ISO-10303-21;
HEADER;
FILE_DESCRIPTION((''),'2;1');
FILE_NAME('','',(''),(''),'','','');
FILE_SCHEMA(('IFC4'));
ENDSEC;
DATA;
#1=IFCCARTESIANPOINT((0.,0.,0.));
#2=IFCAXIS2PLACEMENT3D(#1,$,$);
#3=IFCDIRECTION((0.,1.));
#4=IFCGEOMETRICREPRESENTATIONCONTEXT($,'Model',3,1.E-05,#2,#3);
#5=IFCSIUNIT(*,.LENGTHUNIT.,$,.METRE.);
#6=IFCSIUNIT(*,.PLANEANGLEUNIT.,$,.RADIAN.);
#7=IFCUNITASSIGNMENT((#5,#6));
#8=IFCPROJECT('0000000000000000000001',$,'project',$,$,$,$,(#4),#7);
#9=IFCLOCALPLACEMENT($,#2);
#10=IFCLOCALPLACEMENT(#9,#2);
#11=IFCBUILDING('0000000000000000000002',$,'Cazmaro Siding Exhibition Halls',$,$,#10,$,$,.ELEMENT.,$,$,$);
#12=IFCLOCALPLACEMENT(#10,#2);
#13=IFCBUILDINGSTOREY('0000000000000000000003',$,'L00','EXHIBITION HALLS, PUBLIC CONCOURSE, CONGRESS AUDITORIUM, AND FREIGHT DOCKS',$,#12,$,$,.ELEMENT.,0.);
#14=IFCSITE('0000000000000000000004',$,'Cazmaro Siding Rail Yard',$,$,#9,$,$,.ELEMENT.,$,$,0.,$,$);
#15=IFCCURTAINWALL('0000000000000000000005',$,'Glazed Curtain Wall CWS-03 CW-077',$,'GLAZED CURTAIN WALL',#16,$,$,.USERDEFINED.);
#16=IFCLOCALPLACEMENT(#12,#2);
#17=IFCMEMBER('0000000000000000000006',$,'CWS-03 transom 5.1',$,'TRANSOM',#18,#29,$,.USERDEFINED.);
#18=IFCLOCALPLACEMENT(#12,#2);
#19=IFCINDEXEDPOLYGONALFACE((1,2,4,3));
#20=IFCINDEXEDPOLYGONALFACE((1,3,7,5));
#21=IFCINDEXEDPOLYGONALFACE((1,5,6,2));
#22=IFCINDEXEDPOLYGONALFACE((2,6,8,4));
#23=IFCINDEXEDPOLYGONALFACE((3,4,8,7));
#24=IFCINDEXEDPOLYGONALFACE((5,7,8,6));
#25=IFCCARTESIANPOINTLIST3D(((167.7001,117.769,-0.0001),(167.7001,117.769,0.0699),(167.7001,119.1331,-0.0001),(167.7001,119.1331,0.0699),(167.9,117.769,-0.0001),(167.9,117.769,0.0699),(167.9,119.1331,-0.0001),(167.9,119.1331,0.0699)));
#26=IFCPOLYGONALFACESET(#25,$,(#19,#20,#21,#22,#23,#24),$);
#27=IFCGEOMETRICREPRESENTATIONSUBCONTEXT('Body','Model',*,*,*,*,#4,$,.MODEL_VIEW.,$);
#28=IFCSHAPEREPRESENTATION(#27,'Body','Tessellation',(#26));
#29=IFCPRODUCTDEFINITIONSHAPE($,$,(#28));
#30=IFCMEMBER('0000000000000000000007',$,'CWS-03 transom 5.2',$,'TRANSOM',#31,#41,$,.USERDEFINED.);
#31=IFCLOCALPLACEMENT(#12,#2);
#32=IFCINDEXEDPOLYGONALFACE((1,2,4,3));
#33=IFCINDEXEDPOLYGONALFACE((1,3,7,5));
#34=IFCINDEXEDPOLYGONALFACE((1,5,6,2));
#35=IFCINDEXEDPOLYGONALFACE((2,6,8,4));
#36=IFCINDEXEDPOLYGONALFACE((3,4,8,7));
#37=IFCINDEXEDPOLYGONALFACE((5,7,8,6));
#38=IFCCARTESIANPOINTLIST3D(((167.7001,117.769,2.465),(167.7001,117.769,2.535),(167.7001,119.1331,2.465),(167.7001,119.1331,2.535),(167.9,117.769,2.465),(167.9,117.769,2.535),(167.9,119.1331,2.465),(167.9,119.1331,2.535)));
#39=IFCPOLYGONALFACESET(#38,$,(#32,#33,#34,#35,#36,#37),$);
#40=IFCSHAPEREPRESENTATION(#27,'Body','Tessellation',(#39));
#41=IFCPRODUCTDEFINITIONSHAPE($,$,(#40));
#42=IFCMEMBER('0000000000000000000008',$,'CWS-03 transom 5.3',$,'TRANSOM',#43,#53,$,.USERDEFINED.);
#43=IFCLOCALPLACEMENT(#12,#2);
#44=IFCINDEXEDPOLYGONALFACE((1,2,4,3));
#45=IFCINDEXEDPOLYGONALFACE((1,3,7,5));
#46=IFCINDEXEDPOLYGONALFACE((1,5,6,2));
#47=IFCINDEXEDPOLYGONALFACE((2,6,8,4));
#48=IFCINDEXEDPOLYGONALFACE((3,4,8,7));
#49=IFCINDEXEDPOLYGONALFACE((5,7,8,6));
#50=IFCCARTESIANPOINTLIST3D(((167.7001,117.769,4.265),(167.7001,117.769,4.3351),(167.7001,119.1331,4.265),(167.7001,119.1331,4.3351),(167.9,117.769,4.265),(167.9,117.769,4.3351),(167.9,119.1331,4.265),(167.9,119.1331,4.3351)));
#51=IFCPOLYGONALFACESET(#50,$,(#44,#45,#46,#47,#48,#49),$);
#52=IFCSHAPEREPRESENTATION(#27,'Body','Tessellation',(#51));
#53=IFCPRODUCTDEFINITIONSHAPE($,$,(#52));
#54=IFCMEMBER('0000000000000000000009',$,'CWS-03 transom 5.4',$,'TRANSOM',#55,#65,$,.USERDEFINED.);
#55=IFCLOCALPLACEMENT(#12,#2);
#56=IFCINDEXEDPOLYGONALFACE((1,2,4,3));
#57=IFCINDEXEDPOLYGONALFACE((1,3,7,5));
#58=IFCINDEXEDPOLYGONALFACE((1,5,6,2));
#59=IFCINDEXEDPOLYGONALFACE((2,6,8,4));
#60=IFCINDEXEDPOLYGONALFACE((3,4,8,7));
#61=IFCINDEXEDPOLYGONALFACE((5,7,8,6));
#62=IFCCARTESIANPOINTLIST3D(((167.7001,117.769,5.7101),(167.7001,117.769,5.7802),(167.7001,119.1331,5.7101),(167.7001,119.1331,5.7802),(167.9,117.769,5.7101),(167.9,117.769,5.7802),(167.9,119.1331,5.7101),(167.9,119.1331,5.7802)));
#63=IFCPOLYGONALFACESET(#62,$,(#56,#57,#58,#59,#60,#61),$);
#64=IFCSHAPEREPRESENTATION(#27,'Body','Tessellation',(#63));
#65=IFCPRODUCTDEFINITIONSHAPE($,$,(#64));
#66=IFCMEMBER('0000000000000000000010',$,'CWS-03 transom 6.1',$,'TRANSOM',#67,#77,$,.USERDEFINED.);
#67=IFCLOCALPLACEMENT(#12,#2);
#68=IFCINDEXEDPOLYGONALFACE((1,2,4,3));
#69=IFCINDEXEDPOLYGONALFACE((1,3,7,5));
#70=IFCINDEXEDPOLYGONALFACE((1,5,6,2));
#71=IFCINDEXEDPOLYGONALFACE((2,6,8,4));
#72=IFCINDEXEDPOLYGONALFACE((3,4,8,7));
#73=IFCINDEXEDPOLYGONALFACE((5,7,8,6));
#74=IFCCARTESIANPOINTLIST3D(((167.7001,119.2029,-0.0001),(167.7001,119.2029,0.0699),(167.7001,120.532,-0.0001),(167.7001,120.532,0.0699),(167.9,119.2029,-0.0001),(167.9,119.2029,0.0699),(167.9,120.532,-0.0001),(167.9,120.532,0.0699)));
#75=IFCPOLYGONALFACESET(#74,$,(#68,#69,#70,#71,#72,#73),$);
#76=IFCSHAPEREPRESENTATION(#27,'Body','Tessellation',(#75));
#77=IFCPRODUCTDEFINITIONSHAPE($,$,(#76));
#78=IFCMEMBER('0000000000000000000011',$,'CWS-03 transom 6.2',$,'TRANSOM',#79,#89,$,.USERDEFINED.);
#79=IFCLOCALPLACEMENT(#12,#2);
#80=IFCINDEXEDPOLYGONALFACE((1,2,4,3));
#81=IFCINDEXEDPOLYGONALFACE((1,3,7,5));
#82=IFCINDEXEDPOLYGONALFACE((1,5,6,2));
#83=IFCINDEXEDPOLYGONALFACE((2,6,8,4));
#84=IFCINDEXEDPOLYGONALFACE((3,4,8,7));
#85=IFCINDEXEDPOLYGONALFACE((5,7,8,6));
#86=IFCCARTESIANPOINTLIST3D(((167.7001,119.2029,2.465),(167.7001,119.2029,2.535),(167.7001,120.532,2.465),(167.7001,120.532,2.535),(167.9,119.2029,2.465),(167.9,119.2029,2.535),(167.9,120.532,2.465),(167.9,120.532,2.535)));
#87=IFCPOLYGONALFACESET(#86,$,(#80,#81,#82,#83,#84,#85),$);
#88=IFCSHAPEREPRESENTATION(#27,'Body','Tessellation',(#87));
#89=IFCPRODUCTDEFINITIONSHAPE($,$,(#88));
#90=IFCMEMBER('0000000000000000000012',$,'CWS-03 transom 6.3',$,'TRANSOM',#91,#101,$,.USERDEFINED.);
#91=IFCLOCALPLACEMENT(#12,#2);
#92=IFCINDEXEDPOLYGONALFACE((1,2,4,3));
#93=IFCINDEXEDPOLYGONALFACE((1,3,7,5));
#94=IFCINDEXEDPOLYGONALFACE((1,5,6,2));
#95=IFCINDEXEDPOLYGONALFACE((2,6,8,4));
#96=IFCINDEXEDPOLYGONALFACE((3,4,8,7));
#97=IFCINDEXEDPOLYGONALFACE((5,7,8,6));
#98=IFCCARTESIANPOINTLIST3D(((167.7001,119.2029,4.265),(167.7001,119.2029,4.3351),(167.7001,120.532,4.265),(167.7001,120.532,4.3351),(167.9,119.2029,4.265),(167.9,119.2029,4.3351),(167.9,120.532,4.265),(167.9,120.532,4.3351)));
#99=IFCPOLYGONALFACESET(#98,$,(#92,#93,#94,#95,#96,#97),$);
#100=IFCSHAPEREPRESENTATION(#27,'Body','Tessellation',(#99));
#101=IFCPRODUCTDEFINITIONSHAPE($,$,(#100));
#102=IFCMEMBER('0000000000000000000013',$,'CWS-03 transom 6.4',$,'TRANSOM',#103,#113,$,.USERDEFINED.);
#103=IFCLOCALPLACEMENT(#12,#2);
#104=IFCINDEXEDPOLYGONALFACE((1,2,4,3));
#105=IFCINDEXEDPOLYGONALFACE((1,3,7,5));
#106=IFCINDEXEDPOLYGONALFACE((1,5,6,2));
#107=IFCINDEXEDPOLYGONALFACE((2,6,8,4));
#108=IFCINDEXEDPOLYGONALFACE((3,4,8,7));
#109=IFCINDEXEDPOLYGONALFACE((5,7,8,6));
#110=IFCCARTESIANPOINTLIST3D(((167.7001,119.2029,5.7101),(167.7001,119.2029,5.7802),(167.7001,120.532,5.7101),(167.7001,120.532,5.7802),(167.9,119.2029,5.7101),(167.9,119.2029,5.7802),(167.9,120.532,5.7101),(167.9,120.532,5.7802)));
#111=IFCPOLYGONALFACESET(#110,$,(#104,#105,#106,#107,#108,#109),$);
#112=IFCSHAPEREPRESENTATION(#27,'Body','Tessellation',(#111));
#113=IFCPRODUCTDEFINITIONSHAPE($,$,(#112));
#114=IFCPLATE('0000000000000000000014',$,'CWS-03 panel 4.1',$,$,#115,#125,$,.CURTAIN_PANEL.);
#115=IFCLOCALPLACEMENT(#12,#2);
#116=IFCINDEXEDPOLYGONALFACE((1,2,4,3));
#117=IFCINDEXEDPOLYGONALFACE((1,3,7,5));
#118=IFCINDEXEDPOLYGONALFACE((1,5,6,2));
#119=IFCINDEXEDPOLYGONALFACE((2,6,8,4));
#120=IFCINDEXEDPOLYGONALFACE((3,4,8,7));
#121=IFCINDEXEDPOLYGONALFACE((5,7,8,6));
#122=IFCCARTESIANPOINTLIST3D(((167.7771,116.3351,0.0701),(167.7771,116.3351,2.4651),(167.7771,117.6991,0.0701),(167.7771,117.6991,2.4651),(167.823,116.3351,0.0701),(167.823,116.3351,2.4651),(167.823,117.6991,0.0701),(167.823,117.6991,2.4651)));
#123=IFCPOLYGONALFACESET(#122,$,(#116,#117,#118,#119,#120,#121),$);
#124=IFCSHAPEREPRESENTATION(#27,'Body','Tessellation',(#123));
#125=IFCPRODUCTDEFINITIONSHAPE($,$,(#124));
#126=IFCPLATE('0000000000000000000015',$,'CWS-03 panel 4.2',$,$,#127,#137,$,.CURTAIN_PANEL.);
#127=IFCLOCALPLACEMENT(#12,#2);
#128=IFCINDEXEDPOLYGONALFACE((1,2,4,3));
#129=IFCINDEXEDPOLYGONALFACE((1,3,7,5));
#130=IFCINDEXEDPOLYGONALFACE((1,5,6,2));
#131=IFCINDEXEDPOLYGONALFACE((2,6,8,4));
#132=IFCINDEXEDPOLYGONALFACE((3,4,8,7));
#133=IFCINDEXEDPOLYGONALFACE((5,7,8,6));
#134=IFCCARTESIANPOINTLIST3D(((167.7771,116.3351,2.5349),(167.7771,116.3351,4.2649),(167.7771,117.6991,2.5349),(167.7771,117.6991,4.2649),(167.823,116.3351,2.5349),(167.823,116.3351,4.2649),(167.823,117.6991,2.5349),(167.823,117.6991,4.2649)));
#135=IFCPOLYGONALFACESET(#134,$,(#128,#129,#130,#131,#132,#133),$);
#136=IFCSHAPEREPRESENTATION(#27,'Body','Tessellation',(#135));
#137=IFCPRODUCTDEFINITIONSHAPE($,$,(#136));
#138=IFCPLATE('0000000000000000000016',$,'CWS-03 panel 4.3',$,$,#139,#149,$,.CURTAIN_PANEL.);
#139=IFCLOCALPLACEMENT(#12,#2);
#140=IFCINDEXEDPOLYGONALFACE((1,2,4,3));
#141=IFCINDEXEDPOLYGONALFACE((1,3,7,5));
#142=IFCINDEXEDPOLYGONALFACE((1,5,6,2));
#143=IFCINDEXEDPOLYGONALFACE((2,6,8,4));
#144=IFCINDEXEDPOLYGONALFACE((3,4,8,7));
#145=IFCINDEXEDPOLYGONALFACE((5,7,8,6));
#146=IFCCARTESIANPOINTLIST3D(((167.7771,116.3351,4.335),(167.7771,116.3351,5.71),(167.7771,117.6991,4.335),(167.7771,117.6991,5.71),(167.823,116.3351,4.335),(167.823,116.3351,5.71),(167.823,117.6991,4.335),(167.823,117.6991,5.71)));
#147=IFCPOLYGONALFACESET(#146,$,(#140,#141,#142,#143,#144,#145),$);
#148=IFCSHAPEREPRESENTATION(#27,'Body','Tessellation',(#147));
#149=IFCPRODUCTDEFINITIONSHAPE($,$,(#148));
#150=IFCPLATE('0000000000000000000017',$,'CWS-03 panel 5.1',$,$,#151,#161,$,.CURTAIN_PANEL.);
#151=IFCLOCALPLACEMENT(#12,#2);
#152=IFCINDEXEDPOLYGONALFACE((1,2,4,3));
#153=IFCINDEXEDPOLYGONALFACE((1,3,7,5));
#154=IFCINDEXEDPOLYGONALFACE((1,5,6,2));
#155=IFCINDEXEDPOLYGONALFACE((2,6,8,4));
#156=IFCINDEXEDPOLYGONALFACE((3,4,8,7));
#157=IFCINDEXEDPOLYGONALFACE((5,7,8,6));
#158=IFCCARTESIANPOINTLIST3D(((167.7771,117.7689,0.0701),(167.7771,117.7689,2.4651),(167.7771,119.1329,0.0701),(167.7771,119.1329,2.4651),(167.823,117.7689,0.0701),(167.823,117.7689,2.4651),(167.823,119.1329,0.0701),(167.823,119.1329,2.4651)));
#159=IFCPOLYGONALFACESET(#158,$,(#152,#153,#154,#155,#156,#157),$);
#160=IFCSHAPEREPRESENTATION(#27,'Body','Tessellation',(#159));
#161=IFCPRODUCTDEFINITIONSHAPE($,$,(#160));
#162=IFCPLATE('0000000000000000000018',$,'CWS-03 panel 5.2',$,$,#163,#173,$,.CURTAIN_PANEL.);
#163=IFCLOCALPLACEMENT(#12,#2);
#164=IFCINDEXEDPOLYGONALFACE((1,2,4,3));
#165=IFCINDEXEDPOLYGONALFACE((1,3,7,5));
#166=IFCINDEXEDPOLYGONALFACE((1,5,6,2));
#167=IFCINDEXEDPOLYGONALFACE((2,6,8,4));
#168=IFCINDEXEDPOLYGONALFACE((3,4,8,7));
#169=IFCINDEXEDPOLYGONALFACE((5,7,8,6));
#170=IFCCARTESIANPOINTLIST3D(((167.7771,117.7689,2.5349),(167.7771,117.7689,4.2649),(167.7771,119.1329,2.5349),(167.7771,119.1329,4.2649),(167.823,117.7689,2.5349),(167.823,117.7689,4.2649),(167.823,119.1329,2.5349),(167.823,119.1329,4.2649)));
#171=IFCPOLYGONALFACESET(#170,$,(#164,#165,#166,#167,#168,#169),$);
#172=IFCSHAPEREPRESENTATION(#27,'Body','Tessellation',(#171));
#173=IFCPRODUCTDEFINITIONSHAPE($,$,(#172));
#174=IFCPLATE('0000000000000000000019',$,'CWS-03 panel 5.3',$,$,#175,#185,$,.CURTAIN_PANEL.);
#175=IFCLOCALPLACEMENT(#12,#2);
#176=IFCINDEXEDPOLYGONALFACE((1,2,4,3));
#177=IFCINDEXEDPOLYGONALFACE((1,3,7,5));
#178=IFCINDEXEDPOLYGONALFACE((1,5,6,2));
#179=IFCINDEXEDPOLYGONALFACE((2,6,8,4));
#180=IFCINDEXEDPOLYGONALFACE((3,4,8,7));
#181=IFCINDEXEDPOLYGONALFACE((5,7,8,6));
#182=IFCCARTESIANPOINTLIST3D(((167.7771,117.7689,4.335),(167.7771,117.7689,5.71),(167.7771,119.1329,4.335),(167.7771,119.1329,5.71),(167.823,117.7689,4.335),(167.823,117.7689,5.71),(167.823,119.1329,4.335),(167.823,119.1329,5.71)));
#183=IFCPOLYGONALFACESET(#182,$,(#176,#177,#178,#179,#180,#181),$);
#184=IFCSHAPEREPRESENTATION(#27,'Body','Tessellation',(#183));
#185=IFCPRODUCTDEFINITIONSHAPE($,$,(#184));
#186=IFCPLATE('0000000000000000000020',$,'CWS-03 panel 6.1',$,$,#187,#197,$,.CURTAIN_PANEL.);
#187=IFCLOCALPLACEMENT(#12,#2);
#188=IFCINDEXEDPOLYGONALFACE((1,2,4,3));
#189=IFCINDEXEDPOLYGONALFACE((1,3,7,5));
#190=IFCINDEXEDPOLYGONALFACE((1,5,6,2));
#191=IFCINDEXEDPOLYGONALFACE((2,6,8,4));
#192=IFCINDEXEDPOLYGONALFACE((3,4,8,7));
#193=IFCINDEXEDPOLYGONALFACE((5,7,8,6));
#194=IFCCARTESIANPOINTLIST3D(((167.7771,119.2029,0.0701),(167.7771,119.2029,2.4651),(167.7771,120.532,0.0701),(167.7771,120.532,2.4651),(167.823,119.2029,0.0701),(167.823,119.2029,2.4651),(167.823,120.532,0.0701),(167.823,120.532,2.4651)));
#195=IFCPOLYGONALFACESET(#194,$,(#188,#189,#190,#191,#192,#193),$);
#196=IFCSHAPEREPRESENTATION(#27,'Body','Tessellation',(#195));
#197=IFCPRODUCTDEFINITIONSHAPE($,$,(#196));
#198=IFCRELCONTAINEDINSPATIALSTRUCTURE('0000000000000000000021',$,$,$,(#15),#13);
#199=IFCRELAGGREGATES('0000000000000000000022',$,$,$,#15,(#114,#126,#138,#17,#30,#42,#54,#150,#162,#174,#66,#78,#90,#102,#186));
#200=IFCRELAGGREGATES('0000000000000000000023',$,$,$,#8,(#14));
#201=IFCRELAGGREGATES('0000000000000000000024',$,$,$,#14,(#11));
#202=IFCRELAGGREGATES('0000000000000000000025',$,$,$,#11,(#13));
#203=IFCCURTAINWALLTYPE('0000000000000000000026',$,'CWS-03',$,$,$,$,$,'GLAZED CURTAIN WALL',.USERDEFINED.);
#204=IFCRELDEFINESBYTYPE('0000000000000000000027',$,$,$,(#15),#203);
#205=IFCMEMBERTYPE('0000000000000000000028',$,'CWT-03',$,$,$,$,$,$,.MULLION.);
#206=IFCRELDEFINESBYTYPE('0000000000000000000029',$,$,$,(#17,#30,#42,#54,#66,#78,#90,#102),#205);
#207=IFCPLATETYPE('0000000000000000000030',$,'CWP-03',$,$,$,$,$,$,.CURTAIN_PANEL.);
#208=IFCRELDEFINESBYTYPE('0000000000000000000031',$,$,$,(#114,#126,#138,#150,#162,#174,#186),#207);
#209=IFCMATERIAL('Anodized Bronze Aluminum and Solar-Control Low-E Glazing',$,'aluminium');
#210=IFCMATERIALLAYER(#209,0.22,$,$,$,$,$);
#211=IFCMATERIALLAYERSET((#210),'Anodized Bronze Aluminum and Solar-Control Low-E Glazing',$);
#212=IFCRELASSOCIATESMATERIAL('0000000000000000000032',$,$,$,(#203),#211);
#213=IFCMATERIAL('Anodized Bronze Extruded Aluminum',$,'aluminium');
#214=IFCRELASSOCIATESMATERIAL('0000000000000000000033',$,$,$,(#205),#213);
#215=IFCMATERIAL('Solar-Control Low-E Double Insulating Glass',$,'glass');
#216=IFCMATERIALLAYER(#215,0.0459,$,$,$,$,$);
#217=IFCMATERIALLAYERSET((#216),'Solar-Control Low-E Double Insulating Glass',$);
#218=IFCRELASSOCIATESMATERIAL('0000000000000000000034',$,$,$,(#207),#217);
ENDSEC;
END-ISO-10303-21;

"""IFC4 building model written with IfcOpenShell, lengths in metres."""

from ifc_helpers import new_model, si_unit, direction, frame, origin, origin_2d, place, context, subcontext, project, spatial, rectangle, extrude, material, layer, layer_set, material_profile, profile_set, type_object, element, aggregate, save


model = new_model("IFC4")

# Units and contexts
model_context = context("Model", 3, precision=1e-05, world=origin(), true_north=direction((0.0, 1.0)))
body_context = subcontext(model_context, "Body", "Model", "MODEL_VIEW")
ifc_project = project(units=[si_unit("LENGTHUNIT", "METRE"), si_unit("PLANEANGLEUNIT", "RADIAN")], contexts=[model_context])

# Site, building, storey
site_placement = place(None, origin())
site = spatial("IfcSite", under=ifc_project, at=site_placement, Name="Cazmaro Siding Rail Yard", CompositionType="ELEMENT", RefElevation=0.0)
building_placement = place(site_placement, origin())
building = spatial("IfcBuilding", under=site, at=building_placement, Name="Cazmaro Siding Exhibition Halls", CompositionType="ELEMENT")
storey_placement = place(building_placement, origin())
storey = spatial("IfcBuildingStorey", under=building, at=storey_placement, Name="L00", Description="EXHIBITION HALLS, PUBLIC CONCOURSE, CONGRESS AUDITORIUM, AND FREIGHT DOCKS", CompositionType="ELEMENT", Elevation=0.0)

# Curtain wall, members, plates
ifc_material_1 = material(Name="Anodized Bronze Aluminum and Solar-Control Low-E Glazing", Category="aluminium")
ifc_layer_1 = layer(ifc_material_1, 0.22)
ifc_layer_set_1 = layer_set([ifc_layer_1], Name="Anodized Bronze Aluminum and Solar-Control Low-E Glazing")
curtain_wall_type = type_object("IfcCurtainWallType", Name="CWS-03", ElementType="GLAZED CURTAIN WALL", PredefinedType="USERDEFINED", material=ifc_layer_set_1)
curtain_wall_placement = place(storey_placement, origin())
curtain_wall = element("IfcCurtainWall", 1, at=curtain_wall_placement, inside=storey, type_object=curtain_wall_type, Name="Glazed Curtain Wall CWS-03 CW-077", ObjectType="GLAZED CURTAIN WALL", PredefinedType="USERDEFINED")
ifc_material_2 = material(Name="Anodized Bronze Extruded Aluminum", Category="aluminium")
ifc_material_profile_1 = material_profile(ifc_material_2, rectangle(XDim=0.2, YDim=0.0701, at=origin_2d()), Name="CWT-03")
ifc_profile_set_1 = profile_set([ifc_material_profile_1], Name="Anodized Bronze Extruded Aluminum")
member_type_1 = type_object("IfcMemberType", Name="CWT-03", PredefinedType="MULLION", material=ifc_profile_set_1)
member_1_placement = place(storey_placement, frame((167.8, 117.769, 0.0349), z_axis=(0.0, 1.0, 0.0), x_axis=(-1.0, 0.0, 0.0)))
member_1 = element("IfcMember", 2, at=member_1_placement, type_object=member_type_1, Name="CWS-03 transom 5.1", ObjectType="TRANSOM", PredefinedType="USERDEFINED", context=body_context, shape_type="SweptSolid", body=[
    extrude(rectangle(XDim=0.2, YDim=0.0701, at=origin_2d()), origin(), (0.0, 0.0, 1.0), 1.364),
])
member_2_placement = place(storey_placement, frame((167.8, 117.769, 2.5), z_axis=(0.0, 1.0, 0.0), x_axis=(-1.0, 0.0, 0.0)))
member_2 = element("IfcMember", 3, at=member_2_placement, type_object=member_type_1, Name="CWS-03 transom 5.2", ObjectType="TRANSOM", PredefinedType="USERDEFINED", context=body_context, shape_type="SweptSolid", body=[
    extrude(rectangle(XDim=0.2, YDim=0.0701, at=origin_2d()), origin(), (0.0, 0.0, 1.0), 1.364),
])
member_3_placement = place(storey_placement, frame((167.8, 117.769, 4.3), z_axis=(0.0, 1.0, 0.0), x_axis=(-1.0, 0.0, 0.0)))
member_3 = element("IfcMember", 4, at=member_3_placement, type_object=member_type_1, Name="CWS-03 transom 5.3", ObjectType="TRANSOM", PredefinedType="USERDEFINED", context=body_context, shape_type="SweptSolid", body=[
    extrude(rectangle(XDim=0.2, YDim=0.0701, at=origin_2d()), origin(), (0.0, 0.0, 1.0), 1.364),
])
member_4_placement = place(storey_placement, frame((167.8, 117.769, 5.7451), z_axis=(0.0, 1.0, 0.0), x_axis=(-1.0, 0.0, 0.0)))
member_4 = element("IfcMember", 5, at=member_4_placement, type_object=member_type_1, Name="CWS-03 transom 5.4", ObjectType="TRANSOM", PredefinedType="USERDEFINED", context=body_context, shape_type="SweptSolid", body=[
    extrude(rectangle(XDim=0.2, YDim=0.0701, at=origin_2d()), origin(), (0.0, 0.0, 1.0), 1.364),
])
member_5_placement = place(storey_placement, frame((167.8, 119.2029, 0.0349), z_axis=(0.0, 1.0, 0.0), x_axis=(-1.0, 0.0, 0.0)))
member_5 = element("IfcMember", 6, at=member_5_placement, type_object=member_type_1, Name="CWS-03 transom 6.1", ObjectType="TRANSOM", PredefinedType="USERDEFINED", context=body_context, shape_type="SweptSolid", body=[
    extrude(rectangle(XDim=0.2, YDim=0.0701, at=origin_2d()), origin(), (0.0, 0.0, 1.0), 1.3291),
])
member_6_placement = place(storey_placement, frame((167.8, 119.2029, 2.5), z_axis=(0.0, 1.0, 0.0), x_axis=(-1.0, 0.0, 0.0)))
member_6 = element("IfcMember", 7, at=member_6_placement, type_object=member_type_1, Name="CWS-03 transom 6.2", ObjectType="TRANSOM", PredefinedType="USERDEFINED", context=body_context, shape_type="SweptSolid", body=[
    extrude(rectangle(XDim=0.2, YDim=0.0701, at=origin_2d()), origin(), (0.0, 0.0, 1.0), 1.3291),
])
member_7_placement = place(storey_placement, frame((167.8, 119.2029, 4.3), z_axis=(0.0, 1.0, 0.0), x_axis=(-1.0, 0.0, 0.0)))
member_7 = element("IfcMember", 8, at=member_7_placement, type_object=member_type_1, Name="CWS-03 transom 6.3", ObjectType="TRANSOM", PredefinedType="USERDEFINED", context=body_context, shape_type="SweptSolid", body=[
    extrude(rectangle(XDim=0.2, YDim=0.0701, at=origin_2d()), origin(), (0.0, 0.0, 1.0), 1.3291),
])
member_8_placement = place(storey_placement, frame((167.8, 119.2029, 5.7451), z_axis=(0.0, 1.0, 0.0), x_axis=(-1.0, 0.0, 0.0)))
member_8 = element("IfcMember", 9, at=member_8_placement, type_object=member_type_1, Name="CWS-03 transom 6.4", ObjectType="TRANSOM", PredefinedType="USERDEFINED", context=body_context, shape_type="SweptSolid", body=[
    extrude(rectangle(XDim=0.2, YDim=0.0701, at=origin_2d()), origin(), (0.0, 0.0, 1.0), 1.3291),
])
ifc_material_3 = material(Name="Solar-Control Low-E Double Insulating Glass", Category="glass")
ifc_layer_2 = layer(ifc_material_3, 0.0459)
ifc_layer_set_2 = layer_set([ifc_layer_2], Name="Solar-Control Low-E Double Insulating Glass")
plate_type = type_object("IfcPlateType", Name="CWP-03", PredefinedType="CURTAIN_PANEL", material=ifc_layer_set_2)
plate_1_placement = place(storey_placement, frame((167.8, 117.0171, 0.0701), z_axis=(0.0, 0.0, 1.0), x_axis=(0.0, 1.0, 0.0)))
plate_1 = element("IfcPlate", 10, at=plate_1_placement, type_object=plate_type, Name="CWS-03 panel 4.1", PredefinedType="CURTAIN_PANEL", context=body_context, shape_type="SweptSolid", body=[
    extrude(rectangle(XDim=1.364, YDim=0.0459, at=origin_2d()), origin(), (0.0, 0.0, 1.0), 2.395),
])
plate_2_placement = place(storey_placement, frame((167.8, 117.0171, 2.5349), z_axis=(0.0, 0.0, 1.0), x_axis=(0.0, 1.0, 0.0)))
plate_2 = element("IfcPlate", 11, at=plate_2_placement, type_object=plate_type, Name="CWS-03 panel 4.2", PredefinedType="CURTAIN_PANEL", context=body_context, shape_type="SweptSolid", body=[
    extrude(rectangle(XDim=1.364, YDim=0.0459, at=origin_2d()), origin(), (0.0, 0.0, 1.0), 1.73),
])
plate_3_placement = place(storey_placement, frame((167.8, 117.0171, 4.335), z_axis=(0.0, 0.0, 1.0), x_axis=(0.0, 1.0, 0.0)))
plate_3 = element("IfcPlate", 12, at=plate_3_placement, type_object=plate_type, Name="CWS-03 panel 4.3", PredefinedType="CURTAIN_PANEL", context=body_context, shape_type="SweptSolid", body=[
    extrude(rectangle(XDim=1.364, YDim=0.0459, at=origin_2d()), origin(), (0.0, 0.0, 1.0), 1.375),
])
plate_4_placement = place(storey_placement, frame((167.8, 118.4509, 0.0701), z_axis=(0.0, 0.0, 1.0), x_axis=(0.0, 1.0, 0.0)))
plate_4 = element("IfcPlate", 13, at=plate_4_placement, type_object=plate_type, Name="CWS-03 panel 5.1", PredefinedType="CURTAIN_PANEL", context=body_context, shape_type="SweptSolid", body=[
    extrude(rectangle(XDim=1.364, YDim=0.0459, at=origin_2d()), origin(), (0.0, 0.0, 1.0), 2.395),
])
plate_5_placement = place(storey_placement, frame((167.8, 118.4509, 2.5349), z_axis=(0.0, 0.0, 1.0), x_axis=(0.0, 1.0, 0.0)))
plate_5 = element("IfcPlate", 14, at=plate_5_placement, type_object=plate_type, Name="CWS-03 panel 5.2", PredefinedType="CURTAIN_PANEL", context=body_context, shape_type="SweptSolid", body=[
    extrude(rectangle(XDim=1.364, YDim=0.0459, at=origin_2d()), origin(), (0.0, 0.0, 1.0), 1.73),
])
plate_6_placement = place(storey_placement, frame((167.8, 118.4509, 4.335), z_axis=(0.0, 0.0, 1.0), x_axis=(0.0, 1.0, 0.0)))
plate_6 = element("IfcPlate", 15, at=plate_6_placement, type_object=plate_type, Name="CWS-03 panel 5.3", PredefinedType="CURTAIN_PANEL", context=body_context, shape_type="SweptSolid", body=[
    extrude(rectangle(XDim=1.364, YDim=0.0459, at=origin_2d()), origin(), (0.0, 0.0, 1.0), 1.375),
])
plate_7_placement = place(storey_placement, frame((167.8, 119.8674, 0.0701), z_axis=(0.0, 0.0, 1.0), x_axis=(0.0, 1.0, 0.0)))
plate_7 = element("IfcPlate", 16, at=plate_7_placement, type_object=plate_type, Name="CWS-03 panel 6.1", PredefinedType="CURTAIN_PANEL", context=body_context, shape_type="SweptSolid", body=[
    extrude(rectangle(XDim=1.3291, YDim=0.0459, at=origin_2d()), origin(), (0.0, 0.0, 1.0), 2.395),
])
aggregate(curtain_wall, [plate_1, plate_2, plate_3, member_1, member_2, member_3, member_4, plate_4, plate_5, plate_6, member_5, member_6, member_7, member_8, plate_7])

save(model, "model.ifc")
